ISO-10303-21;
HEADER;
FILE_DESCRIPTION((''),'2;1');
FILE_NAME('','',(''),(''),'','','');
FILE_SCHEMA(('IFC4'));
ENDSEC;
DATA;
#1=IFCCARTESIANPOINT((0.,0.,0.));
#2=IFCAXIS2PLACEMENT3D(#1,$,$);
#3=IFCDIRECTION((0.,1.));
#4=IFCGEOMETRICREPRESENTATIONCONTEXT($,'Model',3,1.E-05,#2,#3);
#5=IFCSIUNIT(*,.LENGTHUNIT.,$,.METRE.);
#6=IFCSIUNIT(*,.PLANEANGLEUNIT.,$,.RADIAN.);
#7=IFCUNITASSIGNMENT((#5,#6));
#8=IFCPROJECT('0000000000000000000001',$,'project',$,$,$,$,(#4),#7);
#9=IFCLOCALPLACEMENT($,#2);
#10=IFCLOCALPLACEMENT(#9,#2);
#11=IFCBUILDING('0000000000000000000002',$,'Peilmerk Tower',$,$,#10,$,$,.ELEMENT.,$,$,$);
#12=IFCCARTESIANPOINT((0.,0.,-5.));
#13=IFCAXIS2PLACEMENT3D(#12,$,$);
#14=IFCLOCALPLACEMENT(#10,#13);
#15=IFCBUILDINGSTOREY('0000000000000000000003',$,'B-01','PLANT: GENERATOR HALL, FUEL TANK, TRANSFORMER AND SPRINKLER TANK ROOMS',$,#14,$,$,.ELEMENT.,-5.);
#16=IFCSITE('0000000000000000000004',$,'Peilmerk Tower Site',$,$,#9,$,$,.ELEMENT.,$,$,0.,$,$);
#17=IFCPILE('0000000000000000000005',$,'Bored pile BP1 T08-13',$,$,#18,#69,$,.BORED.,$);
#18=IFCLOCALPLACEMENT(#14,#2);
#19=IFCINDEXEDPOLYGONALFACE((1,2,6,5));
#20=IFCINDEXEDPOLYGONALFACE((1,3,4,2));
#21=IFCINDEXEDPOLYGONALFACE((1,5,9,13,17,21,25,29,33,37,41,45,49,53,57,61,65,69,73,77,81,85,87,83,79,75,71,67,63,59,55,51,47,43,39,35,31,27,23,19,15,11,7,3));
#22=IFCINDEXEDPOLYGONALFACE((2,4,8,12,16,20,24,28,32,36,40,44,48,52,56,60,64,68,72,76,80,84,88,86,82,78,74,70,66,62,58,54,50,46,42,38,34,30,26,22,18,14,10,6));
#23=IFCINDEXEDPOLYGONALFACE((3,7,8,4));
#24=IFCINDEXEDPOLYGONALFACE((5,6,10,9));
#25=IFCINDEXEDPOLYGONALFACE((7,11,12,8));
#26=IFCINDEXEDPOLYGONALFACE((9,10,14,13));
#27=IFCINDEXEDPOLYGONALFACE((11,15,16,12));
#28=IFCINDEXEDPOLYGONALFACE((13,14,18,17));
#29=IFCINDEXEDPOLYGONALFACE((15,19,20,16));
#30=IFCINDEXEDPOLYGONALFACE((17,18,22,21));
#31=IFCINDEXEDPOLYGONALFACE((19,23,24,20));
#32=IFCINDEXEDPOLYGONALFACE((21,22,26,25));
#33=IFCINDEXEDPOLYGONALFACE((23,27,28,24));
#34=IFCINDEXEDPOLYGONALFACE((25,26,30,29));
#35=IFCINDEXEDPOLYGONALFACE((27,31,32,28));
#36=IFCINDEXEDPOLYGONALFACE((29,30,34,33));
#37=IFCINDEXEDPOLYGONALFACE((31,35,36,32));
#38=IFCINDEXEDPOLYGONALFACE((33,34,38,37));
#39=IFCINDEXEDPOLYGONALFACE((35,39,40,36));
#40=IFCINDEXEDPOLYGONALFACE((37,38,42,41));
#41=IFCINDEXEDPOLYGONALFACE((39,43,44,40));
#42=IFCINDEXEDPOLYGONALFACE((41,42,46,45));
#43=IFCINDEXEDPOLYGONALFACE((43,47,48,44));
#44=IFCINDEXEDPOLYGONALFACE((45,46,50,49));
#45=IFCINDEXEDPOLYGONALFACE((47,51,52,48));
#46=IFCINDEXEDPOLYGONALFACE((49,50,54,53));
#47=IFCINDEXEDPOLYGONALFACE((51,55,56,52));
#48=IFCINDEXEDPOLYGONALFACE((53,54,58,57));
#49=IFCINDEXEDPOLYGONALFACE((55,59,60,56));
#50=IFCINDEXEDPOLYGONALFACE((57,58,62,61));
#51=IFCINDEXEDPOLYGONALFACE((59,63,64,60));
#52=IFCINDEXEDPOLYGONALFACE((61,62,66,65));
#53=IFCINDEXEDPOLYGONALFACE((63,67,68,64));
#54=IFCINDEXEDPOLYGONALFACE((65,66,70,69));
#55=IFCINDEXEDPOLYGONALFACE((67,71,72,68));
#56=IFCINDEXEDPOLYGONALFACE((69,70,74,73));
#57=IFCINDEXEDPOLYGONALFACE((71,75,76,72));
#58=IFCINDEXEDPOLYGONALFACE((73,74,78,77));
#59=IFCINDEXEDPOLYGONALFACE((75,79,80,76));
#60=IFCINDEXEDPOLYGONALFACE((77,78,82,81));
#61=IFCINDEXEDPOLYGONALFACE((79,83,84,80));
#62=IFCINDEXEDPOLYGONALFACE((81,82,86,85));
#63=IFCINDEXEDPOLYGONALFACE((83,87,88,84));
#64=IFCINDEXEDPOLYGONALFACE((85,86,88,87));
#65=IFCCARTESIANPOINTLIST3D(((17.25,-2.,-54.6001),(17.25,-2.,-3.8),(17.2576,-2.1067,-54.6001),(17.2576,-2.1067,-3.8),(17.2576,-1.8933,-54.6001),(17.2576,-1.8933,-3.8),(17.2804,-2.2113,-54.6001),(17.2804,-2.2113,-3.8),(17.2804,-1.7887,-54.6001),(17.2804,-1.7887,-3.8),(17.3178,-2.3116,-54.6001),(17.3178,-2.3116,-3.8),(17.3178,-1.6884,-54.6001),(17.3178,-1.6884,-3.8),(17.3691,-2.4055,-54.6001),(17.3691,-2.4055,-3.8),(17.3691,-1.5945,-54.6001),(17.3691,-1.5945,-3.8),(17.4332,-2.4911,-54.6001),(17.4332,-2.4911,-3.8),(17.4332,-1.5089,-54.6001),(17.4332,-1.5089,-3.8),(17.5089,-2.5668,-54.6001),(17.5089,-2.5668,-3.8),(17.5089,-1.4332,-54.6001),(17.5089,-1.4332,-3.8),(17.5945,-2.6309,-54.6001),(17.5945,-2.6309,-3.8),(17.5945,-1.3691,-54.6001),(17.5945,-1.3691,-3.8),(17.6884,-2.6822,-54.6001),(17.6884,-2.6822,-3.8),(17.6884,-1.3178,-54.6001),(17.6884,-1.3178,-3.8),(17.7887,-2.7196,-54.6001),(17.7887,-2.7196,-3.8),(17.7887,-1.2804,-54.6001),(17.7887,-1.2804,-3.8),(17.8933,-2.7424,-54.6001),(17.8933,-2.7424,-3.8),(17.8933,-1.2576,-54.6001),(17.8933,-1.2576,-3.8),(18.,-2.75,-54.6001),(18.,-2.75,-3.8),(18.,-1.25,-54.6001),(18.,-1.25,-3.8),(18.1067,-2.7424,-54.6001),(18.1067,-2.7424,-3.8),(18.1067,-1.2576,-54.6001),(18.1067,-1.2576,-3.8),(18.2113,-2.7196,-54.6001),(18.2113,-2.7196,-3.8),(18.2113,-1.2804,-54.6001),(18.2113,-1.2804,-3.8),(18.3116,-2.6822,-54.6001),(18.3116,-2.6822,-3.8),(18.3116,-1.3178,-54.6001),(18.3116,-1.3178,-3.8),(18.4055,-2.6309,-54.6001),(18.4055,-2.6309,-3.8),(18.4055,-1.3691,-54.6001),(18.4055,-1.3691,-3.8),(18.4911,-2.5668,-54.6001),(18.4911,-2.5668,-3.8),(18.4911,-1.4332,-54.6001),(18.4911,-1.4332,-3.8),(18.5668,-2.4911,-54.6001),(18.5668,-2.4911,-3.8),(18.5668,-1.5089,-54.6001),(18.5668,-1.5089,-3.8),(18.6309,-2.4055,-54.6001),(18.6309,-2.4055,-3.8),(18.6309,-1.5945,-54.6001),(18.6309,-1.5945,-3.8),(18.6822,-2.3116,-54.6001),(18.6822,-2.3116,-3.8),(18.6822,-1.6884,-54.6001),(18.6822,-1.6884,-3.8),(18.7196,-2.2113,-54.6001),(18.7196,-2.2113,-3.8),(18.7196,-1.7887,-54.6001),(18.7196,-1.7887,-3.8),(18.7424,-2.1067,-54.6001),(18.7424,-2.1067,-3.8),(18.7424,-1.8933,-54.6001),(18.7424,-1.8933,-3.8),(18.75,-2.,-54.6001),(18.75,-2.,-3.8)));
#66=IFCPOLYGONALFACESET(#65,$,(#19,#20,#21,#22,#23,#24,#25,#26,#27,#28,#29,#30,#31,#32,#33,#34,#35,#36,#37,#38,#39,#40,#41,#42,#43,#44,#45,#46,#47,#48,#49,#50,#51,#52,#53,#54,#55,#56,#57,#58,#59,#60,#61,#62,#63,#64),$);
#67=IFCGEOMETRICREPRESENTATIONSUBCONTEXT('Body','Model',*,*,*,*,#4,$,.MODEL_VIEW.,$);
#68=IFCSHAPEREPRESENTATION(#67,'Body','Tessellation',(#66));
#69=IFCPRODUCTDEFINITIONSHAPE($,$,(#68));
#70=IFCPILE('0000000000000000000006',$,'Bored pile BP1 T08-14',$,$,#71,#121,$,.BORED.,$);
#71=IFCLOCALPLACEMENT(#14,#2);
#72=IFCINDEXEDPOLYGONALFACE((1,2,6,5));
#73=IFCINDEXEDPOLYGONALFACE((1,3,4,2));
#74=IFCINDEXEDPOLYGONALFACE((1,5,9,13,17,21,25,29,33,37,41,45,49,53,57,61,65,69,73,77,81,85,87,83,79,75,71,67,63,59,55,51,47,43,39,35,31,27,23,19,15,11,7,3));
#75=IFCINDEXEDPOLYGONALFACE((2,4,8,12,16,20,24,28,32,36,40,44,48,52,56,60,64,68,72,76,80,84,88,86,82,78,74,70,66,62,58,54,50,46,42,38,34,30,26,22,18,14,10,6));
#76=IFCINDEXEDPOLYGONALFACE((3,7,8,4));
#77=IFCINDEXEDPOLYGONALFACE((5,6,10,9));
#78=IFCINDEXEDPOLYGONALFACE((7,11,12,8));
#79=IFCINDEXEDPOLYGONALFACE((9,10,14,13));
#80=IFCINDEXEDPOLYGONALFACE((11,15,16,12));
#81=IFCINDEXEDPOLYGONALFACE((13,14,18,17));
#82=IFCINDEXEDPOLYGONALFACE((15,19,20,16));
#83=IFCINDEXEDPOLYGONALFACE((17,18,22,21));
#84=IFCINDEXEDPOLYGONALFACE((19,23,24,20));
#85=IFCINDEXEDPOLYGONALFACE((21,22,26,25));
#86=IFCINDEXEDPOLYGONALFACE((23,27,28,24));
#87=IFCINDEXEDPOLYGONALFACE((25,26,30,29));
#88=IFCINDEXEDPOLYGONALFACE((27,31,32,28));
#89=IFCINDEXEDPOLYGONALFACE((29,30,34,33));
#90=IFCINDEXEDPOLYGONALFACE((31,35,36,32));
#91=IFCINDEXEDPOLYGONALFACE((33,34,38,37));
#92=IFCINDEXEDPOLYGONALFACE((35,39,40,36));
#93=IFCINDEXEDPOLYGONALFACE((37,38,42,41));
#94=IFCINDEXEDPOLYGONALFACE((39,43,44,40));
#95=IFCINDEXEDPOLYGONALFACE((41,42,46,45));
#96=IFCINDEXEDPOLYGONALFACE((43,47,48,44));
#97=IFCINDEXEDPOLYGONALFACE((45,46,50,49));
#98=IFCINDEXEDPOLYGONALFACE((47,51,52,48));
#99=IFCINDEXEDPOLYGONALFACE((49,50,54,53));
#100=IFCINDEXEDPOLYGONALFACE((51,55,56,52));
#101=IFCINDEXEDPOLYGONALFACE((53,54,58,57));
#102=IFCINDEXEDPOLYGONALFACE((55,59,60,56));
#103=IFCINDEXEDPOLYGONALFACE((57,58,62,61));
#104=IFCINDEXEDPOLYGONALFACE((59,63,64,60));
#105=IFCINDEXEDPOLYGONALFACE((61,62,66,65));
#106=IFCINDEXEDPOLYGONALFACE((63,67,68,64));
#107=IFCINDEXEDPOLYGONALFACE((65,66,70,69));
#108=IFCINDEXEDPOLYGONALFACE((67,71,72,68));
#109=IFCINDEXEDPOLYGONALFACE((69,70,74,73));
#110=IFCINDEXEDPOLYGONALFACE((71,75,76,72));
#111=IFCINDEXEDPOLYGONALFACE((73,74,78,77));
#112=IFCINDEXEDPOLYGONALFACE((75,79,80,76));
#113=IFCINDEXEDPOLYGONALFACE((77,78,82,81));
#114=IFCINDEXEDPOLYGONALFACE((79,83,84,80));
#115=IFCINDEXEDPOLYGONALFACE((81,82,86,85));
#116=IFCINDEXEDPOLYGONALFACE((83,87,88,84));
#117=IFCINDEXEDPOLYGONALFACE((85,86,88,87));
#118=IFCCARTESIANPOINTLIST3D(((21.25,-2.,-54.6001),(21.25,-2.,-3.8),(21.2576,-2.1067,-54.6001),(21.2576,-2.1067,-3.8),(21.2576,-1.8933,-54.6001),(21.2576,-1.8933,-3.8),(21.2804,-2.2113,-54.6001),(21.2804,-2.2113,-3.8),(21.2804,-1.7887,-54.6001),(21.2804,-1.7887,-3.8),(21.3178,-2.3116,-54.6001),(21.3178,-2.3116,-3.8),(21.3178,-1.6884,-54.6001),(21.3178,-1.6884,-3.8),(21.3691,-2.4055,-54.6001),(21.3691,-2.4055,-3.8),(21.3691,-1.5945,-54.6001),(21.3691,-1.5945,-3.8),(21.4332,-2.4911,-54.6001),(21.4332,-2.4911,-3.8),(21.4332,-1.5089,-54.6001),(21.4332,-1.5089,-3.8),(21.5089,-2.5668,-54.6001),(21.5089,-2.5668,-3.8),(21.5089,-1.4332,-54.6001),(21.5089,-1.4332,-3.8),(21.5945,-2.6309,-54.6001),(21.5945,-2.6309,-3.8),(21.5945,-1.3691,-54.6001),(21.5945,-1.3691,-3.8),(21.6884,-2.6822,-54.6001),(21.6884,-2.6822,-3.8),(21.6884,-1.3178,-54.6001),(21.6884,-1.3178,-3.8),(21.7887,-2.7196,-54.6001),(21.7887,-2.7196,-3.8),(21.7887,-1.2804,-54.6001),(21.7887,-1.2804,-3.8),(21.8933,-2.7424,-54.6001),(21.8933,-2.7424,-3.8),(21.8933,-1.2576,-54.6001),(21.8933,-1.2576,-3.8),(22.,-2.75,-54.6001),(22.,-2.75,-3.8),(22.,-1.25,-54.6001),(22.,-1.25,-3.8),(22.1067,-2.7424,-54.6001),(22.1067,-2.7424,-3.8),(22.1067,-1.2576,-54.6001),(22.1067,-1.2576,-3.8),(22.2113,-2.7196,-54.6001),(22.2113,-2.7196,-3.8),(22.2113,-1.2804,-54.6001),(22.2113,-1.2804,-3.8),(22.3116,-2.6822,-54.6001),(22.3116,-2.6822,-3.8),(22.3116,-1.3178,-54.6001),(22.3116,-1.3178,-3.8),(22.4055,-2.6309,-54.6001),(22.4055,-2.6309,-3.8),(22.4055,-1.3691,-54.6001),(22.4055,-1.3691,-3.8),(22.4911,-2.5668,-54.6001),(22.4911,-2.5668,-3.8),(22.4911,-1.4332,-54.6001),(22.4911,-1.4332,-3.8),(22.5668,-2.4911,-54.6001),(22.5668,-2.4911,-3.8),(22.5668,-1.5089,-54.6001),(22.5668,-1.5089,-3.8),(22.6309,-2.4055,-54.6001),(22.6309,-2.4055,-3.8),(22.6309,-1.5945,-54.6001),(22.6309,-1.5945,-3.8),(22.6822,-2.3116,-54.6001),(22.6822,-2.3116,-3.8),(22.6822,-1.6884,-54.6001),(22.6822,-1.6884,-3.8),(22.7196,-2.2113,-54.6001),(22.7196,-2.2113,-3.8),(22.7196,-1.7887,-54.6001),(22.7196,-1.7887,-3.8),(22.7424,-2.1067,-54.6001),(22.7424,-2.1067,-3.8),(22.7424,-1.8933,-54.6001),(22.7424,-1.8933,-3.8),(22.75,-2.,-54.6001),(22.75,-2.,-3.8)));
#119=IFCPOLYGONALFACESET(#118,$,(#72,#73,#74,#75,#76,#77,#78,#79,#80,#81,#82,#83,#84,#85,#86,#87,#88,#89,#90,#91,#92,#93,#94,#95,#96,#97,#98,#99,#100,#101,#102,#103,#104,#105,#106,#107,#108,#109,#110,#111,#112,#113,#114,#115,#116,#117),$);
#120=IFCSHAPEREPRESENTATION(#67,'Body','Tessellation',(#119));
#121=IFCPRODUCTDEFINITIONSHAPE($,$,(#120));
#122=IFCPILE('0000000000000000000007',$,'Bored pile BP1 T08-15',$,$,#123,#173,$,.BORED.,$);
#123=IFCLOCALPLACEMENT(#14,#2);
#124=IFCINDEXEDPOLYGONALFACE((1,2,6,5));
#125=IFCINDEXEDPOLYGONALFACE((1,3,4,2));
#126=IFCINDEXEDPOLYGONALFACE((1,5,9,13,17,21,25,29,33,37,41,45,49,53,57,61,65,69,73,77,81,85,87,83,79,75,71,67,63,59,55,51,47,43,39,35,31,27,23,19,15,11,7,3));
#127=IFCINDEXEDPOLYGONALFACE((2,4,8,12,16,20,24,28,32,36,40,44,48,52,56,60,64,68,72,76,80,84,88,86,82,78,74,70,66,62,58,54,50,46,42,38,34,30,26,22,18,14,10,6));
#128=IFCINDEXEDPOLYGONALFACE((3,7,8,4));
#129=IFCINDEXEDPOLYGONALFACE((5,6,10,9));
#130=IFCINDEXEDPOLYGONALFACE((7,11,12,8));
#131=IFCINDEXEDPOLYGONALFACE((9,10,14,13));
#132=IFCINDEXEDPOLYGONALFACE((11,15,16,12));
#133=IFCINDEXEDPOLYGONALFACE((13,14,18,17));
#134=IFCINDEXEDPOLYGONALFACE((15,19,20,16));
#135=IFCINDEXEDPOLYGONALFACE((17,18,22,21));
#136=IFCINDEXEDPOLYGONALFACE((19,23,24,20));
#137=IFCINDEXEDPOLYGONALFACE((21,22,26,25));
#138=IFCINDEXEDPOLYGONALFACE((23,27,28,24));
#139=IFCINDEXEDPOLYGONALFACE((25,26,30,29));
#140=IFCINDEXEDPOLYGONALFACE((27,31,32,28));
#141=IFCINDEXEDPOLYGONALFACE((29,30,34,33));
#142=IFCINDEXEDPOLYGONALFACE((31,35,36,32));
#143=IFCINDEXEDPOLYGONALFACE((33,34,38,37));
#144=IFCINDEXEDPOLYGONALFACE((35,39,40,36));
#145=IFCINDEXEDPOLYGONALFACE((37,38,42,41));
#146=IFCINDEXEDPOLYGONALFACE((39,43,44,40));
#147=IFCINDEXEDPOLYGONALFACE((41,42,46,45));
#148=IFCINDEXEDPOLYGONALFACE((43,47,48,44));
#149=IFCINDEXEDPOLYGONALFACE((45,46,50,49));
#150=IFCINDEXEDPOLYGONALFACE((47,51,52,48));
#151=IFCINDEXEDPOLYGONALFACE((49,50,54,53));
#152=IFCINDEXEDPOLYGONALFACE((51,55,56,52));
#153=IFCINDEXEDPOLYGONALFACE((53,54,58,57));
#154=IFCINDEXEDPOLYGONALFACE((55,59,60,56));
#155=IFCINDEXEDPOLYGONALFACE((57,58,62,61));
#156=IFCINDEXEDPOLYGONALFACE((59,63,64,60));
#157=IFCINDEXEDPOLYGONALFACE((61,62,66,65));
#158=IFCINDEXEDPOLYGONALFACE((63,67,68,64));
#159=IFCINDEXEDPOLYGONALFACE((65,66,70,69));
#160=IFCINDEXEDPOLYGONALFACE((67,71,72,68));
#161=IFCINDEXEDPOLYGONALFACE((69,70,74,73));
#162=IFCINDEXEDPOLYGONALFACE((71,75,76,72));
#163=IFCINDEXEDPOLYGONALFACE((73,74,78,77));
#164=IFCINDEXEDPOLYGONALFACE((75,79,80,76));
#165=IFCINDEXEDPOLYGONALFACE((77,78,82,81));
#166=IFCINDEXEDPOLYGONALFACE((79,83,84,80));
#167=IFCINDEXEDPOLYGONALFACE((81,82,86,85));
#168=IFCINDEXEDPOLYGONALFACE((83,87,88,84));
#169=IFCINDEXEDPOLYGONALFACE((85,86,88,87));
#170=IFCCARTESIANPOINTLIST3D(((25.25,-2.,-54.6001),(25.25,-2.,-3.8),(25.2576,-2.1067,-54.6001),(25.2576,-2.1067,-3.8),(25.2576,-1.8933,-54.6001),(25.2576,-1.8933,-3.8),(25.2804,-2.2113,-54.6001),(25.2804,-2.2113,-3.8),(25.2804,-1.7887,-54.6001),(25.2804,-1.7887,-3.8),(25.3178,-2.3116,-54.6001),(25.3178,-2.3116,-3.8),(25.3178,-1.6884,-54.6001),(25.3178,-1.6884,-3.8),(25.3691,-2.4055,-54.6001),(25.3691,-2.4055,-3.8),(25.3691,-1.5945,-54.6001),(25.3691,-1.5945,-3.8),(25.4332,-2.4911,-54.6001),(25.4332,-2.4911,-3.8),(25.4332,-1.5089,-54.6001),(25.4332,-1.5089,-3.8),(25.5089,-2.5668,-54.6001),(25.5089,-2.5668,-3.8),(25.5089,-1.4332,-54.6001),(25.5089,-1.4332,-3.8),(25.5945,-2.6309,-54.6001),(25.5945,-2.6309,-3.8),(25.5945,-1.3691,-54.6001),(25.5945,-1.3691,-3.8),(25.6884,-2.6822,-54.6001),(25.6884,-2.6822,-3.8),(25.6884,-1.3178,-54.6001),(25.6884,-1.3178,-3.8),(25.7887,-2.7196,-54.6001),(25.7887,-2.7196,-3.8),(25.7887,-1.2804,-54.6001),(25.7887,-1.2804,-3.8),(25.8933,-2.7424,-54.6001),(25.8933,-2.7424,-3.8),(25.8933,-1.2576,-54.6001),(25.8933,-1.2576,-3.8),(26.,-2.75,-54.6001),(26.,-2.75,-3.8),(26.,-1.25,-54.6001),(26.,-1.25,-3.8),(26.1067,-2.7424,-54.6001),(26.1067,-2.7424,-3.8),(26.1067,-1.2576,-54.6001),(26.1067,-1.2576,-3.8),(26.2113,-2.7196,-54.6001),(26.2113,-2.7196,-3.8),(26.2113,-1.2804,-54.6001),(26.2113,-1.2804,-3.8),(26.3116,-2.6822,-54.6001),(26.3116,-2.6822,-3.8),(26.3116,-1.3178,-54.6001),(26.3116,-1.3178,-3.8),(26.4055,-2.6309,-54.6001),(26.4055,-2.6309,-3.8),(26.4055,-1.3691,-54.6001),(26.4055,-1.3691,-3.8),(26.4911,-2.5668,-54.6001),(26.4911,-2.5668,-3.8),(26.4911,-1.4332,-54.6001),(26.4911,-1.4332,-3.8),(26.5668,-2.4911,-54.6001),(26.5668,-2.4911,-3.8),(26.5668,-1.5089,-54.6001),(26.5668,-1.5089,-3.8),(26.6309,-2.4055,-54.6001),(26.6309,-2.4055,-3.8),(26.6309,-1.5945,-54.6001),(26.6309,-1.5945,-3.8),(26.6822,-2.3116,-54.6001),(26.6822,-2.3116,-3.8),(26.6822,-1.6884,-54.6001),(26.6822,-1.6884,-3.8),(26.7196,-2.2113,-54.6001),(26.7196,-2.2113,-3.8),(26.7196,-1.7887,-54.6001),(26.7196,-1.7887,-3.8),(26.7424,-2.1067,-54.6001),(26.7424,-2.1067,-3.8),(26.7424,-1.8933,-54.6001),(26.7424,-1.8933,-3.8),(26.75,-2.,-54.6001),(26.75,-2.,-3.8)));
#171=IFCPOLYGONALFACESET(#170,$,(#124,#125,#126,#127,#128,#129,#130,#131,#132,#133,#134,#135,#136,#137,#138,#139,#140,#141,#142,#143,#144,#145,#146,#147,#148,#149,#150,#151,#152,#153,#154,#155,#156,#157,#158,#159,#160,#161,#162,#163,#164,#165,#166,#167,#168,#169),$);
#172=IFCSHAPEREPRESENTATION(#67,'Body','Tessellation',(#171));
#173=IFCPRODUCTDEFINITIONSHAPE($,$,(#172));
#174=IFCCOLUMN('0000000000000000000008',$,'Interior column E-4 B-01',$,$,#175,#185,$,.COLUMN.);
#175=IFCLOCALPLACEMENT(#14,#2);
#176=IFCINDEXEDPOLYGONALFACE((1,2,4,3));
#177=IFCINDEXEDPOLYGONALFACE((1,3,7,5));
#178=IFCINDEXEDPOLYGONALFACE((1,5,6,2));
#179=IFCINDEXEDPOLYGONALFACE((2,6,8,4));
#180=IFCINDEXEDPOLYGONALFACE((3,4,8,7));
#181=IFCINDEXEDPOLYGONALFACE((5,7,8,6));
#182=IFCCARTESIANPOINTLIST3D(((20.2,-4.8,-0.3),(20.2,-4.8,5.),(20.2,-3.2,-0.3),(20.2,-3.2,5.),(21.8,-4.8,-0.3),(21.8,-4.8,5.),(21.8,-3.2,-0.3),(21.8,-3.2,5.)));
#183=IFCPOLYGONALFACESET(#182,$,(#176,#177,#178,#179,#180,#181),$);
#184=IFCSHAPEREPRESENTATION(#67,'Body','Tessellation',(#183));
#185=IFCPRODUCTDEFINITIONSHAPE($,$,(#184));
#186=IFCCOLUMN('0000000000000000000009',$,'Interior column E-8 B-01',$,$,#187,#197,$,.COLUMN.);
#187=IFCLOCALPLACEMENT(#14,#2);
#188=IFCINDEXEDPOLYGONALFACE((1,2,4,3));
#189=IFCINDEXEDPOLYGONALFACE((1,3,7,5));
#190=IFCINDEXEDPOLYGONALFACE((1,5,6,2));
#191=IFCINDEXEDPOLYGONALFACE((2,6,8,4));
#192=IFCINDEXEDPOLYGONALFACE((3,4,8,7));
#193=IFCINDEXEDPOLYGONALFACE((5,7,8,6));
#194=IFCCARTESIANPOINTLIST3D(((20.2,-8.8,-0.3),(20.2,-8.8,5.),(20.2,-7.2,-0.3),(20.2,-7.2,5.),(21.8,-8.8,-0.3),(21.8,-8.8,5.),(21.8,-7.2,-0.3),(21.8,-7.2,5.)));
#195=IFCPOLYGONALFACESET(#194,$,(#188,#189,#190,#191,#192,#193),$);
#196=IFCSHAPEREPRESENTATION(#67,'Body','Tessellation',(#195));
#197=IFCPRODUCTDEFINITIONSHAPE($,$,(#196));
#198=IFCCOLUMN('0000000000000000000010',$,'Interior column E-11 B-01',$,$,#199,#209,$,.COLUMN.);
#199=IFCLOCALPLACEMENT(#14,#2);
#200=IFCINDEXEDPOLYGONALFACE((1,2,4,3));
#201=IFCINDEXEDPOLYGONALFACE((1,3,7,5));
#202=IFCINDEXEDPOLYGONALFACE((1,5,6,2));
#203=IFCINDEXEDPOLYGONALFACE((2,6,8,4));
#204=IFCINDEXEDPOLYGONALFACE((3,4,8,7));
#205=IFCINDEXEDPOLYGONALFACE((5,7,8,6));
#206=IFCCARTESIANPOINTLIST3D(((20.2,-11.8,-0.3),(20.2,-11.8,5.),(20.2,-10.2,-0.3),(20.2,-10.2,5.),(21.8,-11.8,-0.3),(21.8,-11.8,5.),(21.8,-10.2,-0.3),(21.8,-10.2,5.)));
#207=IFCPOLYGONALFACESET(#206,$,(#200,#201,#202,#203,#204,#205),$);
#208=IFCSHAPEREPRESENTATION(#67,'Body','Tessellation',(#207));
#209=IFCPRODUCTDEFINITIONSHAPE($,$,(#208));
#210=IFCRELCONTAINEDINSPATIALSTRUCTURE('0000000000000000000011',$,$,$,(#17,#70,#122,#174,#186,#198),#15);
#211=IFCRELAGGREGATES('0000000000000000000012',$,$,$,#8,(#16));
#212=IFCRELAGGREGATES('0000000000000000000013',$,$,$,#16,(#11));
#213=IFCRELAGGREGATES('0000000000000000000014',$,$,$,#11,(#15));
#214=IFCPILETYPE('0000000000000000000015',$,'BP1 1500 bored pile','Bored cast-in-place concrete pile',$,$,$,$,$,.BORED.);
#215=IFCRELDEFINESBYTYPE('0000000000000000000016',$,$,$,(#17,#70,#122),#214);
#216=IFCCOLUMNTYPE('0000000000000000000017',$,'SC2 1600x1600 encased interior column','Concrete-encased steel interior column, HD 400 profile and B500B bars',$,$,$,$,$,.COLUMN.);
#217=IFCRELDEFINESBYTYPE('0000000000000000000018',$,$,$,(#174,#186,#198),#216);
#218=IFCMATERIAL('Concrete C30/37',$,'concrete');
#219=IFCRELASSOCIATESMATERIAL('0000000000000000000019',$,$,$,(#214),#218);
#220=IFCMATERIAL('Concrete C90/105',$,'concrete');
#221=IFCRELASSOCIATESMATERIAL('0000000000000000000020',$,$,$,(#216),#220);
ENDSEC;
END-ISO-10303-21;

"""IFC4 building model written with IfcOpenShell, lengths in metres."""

from ifc_helpers import new_model, si_unit, direction, frame, origin, origin_2d, place, context, subcontext, project, spatial, rectangle, circle, extrude, material, material_profile, profile_set, type_object, element, save


model = new_model("IFC4")

# Units and contexts
model_context = context("Model", 3, precision=1e-05, world=origin(), true_north=direction((0.0, 1.0)))
body_context = subcontext(model_context, "Body", "Model", "MODEL_VIEW")
ifc_project = project(units=[si_unit("LENGTHUNIT", "METRE"), si_unit("PLANEANGLEUNIT", "RADIAN")], contexts=[model_context])

# Site, building, storey
site_placement = place(None, origin())
site = spatial("IfcSite", under=ifc_project, at=site_placement, Name="Peilmerk Tower Site", CompositionType="ELEMENT", RefElevation=0.0)
building_placement = place(site_placement, origin())
building = spatial("IfcBuilding", under=site, at=building_placement, Name="Peilmerk Tower", CompositionType="ELEMENT")
storey_placement = place(building_placement, frame((0.0, 0.0, -5.0)))
storey = spatial("IfcBuildingStorey", under=building, at=storey_placement, Name="B-01", Description="PLANT: GENERATOR HALL, FUEL TANK, TRANSFORMER AND SPRINKLER TANK ROOMS", CompositionType="ELEMENT", Elevation=-5.0)

# Piles
ifc_material_1 = material(Name="Concrete C30/37", Category="concrete")
ifc_material_profile_1 = material_profile(ifc_material_1, circle(Radius=0.75, at=origin_2d()), Name="BP 1500")
ifc_profile_set_1 = profile_set([ifc_material_profile_1], Name="Concrete C30/37")
pile_type = type_object("IfcPileType", Name="BP1 1500 bored pile", Description="Bored cast-in-place concrete pile", PredefinedType="BORED", material=ifc_profile_set_1)
for number, where, z_axis, x_axis, name in (
    (1, (18.0, -2.0, -3.8), (0.0, 0.0, -1.0), (1.0, 0.0, 0.0), "Bored pile BP1 T08-13"),
    (2, (22.0, -2.0, -3.8), (0.0, 0.0, -1.0), (1.0, 0.0, 0.0), "Bored pile BP1 T08-14"),
    (3, (26.0, -2.0, -3.8), (0.0, 0.0, -1.0), (1.0, 0.0, 0.0), "Bored pile BP1 T08-15"),
):
    element("IfcPile", number, at=place(storey_placement, frame(where, z_axis=z_axis, x_axis=x_axis)), inside=storey, type_object=pile_type, Name=name, PredefinedType="BORED", context=body_context, shape_type="SweptSolid", body=[
        extrude(circle(Radius=0.75, at=origin_2d()), origin(), (0.0, 0.0, 1.0), 50.8),
    ])

# Columns
ifc_material_2 = material(Name="Concrete C90/105", Category="concrete")
ifc_material_profile_2 = material_profile(ifc_material_2, rectangle(XDim=1.6001, YDim=1.6001, at=origin_2d()), Name="RC 1600x1600")
ifc_profile_set_2 = profile_set([ifc_material_profile_2], Name="Concrete C90/105")
column_type = type_object("IfcColumnType", Name="SC2 1600x1600 encased interior column", Description="Concrete-encased steel interior column, HD 400 profile and B500B bars", PredefinedType="COLUMN", material=ifc_profile_set_2)
for number, where, z_axis, x_axis, name in (
    (4, (21.0, -4.0, -0.3), (0.0, 0.0, 1.0), (1.0, 0.0, 0.0), "Interior column E-4 B-01"),
    (5, (21.0, -8.0, -0.3), (0.0, 0.0, 1.0), (1.0, 0.0, 0.0), "Interior column E-8 B-01"),
    (6, (21.0, -11.0, -0.3), (0.0, 0.0, 1.0), (1.0, 0.0, 0.0), "Interior column E-11 B-01"),
):
    element("IfcColumn", number, at=place(storey_placement, frame(where, z_axis=z_axis, x_axis=x_axis)), inside=storey, type_object=column_type, Name=name, PredefinedType="COLUMN", context=body_context, shape_type="SweptSolid", body=[
        extrude(rectangle(XDim=1.6001, YDim=1.6001, at=origin_2d()), origin(), (0.0, 0.0, 1.0), 5.3),
    ])

save(model, "model.ifc")
